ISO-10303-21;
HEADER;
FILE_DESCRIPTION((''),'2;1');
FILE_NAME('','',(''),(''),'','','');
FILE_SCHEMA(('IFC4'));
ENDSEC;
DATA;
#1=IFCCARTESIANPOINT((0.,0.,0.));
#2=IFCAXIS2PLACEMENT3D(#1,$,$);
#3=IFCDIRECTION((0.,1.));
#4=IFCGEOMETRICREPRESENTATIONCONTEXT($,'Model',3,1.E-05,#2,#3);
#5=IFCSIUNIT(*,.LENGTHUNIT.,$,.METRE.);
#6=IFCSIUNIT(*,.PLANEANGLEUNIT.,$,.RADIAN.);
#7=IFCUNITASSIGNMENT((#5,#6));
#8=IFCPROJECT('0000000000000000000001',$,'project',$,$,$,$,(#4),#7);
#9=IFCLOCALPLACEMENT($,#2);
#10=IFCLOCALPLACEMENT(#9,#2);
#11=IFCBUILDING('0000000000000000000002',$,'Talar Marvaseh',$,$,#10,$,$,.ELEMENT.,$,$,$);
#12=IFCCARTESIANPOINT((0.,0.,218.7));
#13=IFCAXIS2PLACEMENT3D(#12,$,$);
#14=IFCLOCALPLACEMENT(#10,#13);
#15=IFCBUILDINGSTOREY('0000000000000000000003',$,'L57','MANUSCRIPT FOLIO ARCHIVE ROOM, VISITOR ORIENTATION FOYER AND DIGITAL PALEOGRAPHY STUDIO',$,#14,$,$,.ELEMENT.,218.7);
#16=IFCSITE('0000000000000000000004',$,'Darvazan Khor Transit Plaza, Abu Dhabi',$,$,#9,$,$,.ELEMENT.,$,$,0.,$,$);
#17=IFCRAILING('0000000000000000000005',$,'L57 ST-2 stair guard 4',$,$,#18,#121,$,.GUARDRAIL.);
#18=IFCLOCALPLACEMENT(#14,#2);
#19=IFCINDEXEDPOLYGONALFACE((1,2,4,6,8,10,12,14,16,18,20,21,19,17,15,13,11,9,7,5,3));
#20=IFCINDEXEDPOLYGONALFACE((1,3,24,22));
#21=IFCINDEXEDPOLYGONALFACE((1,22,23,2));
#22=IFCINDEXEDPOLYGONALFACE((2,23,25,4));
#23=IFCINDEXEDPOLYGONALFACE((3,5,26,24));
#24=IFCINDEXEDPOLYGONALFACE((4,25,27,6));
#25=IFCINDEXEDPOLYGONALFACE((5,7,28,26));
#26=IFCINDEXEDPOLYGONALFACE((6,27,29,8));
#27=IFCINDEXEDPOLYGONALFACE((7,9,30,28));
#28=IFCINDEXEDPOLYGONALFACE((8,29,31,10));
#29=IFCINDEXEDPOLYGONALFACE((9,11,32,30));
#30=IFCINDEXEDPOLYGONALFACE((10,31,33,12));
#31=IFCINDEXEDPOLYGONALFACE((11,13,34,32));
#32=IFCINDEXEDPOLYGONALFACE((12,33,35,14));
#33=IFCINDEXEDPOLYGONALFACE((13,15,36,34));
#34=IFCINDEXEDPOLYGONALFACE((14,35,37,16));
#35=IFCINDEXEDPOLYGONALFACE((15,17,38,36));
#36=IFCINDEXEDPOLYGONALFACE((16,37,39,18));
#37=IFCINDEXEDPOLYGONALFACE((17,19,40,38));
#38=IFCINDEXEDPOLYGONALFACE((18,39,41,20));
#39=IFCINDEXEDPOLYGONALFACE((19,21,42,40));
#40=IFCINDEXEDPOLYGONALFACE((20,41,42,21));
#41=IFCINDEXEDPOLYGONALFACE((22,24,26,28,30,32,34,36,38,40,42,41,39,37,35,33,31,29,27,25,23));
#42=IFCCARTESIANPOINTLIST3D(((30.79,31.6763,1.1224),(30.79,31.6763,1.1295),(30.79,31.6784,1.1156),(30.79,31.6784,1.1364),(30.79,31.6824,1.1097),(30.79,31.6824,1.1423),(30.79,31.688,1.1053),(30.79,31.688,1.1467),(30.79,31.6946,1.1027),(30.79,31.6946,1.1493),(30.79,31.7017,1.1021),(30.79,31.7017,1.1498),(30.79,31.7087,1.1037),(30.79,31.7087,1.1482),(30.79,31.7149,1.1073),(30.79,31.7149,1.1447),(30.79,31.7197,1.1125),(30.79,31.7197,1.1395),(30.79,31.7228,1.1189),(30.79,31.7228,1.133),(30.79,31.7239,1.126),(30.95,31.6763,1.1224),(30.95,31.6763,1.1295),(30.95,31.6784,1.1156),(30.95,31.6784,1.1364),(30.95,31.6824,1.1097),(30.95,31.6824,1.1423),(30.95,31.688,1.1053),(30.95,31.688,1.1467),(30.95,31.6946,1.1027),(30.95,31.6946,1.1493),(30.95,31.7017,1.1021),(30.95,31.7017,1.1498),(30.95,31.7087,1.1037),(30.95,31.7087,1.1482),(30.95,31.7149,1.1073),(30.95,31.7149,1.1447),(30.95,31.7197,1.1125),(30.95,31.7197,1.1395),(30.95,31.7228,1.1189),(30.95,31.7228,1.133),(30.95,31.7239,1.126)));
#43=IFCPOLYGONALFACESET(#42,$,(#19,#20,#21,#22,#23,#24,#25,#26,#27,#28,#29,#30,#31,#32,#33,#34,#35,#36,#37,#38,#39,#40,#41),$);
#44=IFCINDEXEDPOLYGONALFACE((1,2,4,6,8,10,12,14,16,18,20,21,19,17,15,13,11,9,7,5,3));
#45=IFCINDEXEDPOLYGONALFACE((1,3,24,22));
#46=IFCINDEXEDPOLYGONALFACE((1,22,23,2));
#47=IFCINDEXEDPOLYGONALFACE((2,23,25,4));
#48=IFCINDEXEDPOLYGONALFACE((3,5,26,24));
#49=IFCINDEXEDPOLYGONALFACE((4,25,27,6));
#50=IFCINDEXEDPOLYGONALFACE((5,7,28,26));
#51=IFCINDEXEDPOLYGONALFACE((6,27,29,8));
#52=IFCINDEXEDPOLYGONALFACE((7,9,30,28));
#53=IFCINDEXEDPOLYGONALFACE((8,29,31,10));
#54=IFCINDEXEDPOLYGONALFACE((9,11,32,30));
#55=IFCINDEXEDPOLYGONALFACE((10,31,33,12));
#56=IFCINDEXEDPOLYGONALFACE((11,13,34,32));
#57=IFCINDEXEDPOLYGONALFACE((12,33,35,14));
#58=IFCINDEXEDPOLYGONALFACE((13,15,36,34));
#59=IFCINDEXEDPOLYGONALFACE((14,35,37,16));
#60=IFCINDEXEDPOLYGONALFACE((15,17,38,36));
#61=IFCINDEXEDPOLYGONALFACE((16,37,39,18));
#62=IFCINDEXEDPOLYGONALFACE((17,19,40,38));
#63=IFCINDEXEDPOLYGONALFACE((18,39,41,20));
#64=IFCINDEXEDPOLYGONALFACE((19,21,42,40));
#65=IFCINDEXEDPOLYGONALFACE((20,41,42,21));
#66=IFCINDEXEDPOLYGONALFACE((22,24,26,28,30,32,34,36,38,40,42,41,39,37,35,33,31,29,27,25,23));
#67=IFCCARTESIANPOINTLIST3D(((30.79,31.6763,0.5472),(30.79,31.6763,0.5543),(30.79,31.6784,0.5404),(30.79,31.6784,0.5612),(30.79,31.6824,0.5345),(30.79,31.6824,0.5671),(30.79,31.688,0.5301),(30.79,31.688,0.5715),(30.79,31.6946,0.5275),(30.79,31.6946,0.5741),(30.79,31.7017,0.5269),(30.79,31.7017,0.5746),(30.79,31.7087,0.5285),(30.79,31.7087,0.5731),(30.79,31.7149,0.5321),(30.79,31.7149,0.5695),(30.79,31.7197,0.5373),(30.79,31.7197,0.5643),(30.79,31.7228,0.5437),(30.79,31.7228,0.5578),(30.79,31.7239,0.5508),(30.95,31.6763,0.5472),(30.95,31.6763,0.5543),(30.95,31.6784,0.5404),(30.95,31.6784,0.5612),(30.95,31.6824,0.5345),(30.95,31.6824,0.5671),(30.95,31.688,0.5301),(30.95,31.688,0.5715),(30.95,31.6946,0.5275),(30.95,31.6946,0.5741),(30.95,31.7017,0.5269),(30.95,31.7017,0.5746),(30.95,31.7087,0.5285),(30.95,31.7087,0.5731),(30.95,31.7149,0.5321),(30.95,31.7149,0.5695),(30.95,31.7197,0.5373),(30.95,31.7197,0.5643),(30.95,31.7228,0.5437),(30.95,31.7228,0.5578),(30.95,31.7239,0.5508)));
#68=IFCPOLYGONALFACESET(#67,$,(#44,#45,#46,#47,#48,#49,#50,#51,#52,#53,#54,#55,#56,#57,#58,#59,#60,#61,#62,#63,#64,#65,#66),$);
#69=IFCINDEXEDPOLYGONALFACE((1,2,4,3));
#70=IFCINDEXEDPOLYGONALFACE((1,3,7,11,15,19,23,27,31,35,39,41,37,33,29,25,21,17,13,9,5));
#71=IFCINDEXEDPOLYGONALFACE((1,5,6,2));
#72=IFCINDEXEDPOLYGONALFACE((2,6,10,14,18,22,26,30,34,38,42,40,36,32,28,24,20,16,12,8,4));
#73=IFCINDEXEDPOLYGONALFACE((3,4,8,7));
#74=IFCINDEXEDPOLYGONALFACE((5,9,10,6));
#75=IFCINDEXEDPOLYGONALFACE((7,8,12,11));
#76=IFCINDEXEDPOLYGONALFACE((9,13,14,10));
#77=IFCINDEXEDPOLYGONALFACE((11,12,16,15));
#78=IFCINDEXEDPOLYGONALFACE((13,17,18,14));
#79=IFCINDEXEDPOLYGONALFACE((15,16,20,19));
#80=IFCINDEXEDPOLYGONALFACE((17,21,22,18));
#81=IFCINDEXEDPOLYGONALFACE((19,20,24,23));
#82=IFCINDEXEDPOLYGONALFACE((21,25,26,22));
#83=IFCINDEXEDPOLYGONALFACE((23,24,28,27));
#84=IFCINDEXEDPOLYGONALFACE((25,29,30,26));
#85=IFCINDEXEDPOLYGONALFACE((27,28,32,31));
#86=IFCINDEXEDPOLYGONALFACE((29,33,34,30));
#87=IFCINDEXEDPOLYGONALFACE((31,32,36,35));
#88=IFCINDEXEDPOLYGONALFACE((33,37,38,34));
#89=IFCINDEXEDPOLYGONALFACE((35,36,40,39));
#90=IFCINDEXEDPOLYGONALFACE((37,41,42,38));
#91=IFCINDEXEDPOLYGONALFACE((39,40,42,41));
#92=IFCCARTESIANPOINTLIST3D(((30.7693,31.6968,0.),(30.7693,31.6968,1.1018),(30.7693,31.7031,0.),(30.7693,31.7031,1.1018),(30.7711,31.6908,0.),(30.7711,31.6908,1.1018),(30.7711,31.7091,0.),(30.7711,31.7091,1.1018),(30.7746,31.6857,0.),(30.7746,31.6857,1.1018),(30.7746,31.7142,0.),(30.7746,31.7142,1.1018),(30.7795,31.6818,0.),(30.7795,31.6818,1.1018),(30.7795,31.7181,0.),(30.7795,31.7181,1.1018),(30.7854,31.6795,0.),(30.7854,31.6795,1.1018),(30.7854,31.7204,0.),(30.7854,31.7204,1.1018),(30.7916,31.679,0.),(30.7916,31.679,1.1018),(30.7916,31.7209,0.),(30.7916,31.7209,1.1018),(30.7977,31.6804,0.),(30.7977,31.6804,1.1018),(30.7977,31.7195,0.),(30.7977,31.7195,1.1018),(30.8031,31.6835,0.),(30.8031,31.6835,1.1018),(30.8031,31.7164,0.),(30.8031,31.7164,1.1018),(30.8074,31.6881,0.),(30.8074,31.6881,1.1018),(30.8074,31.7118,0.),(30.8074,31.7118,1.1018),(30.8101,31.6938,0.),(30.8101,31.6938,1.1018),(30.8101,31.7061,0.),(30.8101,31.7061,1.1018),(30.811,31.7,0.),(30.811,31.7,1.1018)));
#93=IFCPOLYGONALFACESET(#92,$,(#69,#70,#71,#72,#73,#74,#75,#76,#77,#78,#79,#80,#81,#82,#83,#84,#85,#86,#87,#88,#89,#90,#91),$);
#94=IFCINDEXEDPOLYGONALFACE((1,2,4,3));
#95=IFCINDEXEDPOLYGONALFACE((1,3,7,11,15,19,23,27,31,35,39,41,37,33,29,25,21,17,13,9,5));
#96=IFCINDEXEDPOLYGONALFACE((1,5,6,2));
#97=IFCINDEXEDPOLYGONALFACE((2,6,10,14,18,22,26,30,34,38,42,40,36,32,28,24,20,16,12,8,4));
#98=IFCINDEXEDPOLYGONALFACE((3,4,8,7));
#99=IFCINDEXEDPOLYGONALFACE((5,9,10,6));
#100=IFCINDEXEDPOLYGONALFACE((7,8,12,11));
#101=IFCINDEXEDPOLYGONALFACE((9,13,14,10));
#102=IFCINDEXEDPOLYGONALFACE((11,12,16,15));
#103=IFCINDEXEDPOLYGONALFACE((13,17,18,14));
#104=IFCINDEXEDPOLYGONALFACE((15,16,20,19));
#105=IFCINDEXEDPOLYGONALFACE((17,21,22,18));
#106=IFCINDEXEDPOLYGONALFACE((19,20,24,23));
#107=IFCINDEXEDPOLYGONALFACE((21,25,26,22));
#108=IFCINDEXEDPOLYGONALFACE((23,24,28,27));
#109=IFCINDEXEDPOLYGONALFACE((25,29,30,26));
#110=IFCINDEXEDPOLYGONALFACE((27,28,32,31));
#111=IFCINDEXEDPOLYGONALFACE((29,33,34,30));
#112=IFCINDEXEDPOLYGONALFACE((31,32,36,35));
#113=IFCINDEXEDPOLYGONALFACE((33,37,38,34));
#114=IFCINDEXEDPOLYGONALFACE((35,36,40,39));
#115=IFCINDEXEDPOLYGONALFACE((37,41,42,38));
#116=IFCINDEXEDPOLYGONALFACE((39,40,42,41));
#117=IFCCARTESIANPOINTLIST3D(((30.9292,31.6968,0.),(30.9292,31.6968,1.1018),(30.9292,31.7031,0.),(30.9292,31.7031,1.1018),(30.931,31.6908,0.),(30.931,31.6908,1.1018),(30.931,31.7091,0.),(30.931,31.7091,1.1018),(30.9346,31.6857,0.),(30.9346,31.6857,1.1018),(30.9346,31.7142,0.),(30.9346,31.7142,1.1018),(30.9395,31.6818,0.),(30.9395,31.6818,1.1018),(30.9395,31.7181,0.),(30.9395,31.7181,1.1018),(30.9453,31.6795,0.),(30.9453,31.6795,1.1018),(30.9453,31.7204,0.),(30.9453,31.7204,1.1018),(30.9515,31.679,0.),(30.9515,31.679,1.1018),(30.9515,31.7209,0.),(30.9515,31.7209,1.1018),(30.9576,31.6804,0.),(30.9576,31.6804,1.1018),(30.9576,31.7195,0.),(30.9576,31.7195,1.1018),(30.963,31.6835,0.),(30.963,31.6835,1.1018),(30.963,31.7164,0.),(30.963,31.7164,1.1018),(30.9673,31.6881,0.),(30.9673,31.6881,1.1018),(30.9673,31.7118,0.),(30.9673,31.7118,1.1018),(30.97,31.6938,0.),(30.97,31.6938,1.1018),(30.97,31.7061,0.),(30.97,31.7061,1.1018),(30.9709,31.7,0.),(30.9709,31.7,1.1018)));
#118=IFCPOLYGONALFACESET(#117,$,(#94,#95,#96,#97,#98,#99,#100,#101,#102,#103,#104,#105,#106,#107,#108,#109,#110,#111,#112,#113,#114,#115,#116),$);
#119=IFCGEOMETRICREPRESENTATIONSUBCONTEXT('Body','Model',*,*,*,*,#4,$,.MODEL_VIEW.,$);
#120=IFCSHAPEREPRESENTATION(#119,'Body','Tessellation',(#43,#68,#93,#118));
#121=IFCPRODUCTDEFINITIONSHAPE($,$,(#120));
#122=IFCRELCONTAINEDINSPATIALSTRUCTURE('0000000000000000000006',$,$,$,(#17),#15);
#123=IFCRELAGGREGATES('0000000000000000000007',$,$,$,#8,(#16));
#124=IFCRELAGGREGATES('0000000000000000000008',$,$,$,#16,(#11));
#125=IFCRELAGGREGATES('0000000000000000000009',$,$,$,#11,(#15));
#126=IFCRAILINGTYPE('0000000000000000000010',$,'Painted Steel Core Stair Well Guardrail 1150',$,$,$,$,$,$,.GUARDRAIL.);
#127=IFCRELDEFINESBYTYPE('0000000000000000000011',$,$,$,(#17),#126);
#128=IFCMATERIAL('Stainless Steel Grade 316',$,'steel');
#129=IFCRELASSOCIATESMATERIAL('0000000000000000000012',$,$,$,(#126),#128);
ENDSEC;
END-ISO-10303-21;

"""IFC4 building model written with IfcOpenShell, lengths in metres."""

from ifc_helpers import new_model, si_unit, direction, frame, origin, origin_2d, place, context, subcontext, project, spatial, circle, extrude, material, type_object, element, save


model = new_model("IFC4")

# Units and contexts
model_context = context("Model", 3, precision=1e-05, world=origin(), true_north=direction((0.0, 1.0)))
body_context = subcontext(model_context, "Body", "Model", "MODEL_VIEW")
ifc_project = project(units=[si_unit("LENGTHUNIT", "METRE"), si_unit("PLANEANGLEUNIT", "RADIAN")], contexts=[model_context])

# Site, building, storey
site_placement = place(None, origin())
site = spatial("IfcSite", under=ifc_project, at=site_placement, Name="Darvazan Khor Transit Plaza, Abu Dhabi", CompositionType="ELEMENT", RefElevation=0.0)
building_placement = place(site_placement, origin())
building = spatial("IfcBuilding", under=site, at=building_placement, Name="Talar Marvaseh", CompositionType="ELEMENT")
storey_placement = place(building_placement, frame((0.0, 0.0, 218.7)))
storey = spatial("IfcBuildingStorey", under=building, at=storey_placement, Name="L57", Description="MANUSCRIPT FOLIO ARCHIVE ROOM, VISITOR ORIENTATION FOYER AND DIGITAL PALEOGRAPHY STUDIO", CompositionType="ELEMENT", Elevation=218.7)

# Shared definitions
ifc_material_1 = material(Name="Stainless Steel Grade 316", Category="steel")

# Railing
railing_type_1 = type_object("IfcRailingType", Name="Painted Steel Core Stair Well Guardrail 1150", PredefinedType="GUARDRAIL", material=ifc_material_1)
railing_1_placement = place(storey_placement, frame((30.79, 31.7, 0.0)))
element("IfcRailing", 1, at=railing_1_placement, inside=storey, type_object=railing_type_1, Name="L57 ST-2 stair guard 4", PredefinedType="GUARDRAIL", context=body_context, shape_type="SweptSolid", body=[
    extrude(circle(Radius=0.0239, at=origin_2d()), frame((0.0, 0.0, 1.126), z_axis=(1.0, 0.0, 0.0), x_axis=(0.0, 1.0, 0.0)), (0.0, 0.0, 1.0), 0.1599),
    extrude(circle(Radius=0.0239, at=origin_2d()), frame((0.0, 0.0, 0.5508), z_axis=(1.0, 0.0, 0.0), x_axis=(0.0, 1.0, 0.0)), (0.0, 0.0, 1.0), 0.1599),
    extrude(circle(Radius=0.021, at=origin_2d()), origin(), (0.0, 0.0, 1.0), 1.1018),
    extrude(circle(Radius=0.021, at=origin_2d()), frame((0.1599, 0.0, 0.0)), (0.0, 0.0, 1.0), 1.1018),
])

save(model, "model.ifc")
